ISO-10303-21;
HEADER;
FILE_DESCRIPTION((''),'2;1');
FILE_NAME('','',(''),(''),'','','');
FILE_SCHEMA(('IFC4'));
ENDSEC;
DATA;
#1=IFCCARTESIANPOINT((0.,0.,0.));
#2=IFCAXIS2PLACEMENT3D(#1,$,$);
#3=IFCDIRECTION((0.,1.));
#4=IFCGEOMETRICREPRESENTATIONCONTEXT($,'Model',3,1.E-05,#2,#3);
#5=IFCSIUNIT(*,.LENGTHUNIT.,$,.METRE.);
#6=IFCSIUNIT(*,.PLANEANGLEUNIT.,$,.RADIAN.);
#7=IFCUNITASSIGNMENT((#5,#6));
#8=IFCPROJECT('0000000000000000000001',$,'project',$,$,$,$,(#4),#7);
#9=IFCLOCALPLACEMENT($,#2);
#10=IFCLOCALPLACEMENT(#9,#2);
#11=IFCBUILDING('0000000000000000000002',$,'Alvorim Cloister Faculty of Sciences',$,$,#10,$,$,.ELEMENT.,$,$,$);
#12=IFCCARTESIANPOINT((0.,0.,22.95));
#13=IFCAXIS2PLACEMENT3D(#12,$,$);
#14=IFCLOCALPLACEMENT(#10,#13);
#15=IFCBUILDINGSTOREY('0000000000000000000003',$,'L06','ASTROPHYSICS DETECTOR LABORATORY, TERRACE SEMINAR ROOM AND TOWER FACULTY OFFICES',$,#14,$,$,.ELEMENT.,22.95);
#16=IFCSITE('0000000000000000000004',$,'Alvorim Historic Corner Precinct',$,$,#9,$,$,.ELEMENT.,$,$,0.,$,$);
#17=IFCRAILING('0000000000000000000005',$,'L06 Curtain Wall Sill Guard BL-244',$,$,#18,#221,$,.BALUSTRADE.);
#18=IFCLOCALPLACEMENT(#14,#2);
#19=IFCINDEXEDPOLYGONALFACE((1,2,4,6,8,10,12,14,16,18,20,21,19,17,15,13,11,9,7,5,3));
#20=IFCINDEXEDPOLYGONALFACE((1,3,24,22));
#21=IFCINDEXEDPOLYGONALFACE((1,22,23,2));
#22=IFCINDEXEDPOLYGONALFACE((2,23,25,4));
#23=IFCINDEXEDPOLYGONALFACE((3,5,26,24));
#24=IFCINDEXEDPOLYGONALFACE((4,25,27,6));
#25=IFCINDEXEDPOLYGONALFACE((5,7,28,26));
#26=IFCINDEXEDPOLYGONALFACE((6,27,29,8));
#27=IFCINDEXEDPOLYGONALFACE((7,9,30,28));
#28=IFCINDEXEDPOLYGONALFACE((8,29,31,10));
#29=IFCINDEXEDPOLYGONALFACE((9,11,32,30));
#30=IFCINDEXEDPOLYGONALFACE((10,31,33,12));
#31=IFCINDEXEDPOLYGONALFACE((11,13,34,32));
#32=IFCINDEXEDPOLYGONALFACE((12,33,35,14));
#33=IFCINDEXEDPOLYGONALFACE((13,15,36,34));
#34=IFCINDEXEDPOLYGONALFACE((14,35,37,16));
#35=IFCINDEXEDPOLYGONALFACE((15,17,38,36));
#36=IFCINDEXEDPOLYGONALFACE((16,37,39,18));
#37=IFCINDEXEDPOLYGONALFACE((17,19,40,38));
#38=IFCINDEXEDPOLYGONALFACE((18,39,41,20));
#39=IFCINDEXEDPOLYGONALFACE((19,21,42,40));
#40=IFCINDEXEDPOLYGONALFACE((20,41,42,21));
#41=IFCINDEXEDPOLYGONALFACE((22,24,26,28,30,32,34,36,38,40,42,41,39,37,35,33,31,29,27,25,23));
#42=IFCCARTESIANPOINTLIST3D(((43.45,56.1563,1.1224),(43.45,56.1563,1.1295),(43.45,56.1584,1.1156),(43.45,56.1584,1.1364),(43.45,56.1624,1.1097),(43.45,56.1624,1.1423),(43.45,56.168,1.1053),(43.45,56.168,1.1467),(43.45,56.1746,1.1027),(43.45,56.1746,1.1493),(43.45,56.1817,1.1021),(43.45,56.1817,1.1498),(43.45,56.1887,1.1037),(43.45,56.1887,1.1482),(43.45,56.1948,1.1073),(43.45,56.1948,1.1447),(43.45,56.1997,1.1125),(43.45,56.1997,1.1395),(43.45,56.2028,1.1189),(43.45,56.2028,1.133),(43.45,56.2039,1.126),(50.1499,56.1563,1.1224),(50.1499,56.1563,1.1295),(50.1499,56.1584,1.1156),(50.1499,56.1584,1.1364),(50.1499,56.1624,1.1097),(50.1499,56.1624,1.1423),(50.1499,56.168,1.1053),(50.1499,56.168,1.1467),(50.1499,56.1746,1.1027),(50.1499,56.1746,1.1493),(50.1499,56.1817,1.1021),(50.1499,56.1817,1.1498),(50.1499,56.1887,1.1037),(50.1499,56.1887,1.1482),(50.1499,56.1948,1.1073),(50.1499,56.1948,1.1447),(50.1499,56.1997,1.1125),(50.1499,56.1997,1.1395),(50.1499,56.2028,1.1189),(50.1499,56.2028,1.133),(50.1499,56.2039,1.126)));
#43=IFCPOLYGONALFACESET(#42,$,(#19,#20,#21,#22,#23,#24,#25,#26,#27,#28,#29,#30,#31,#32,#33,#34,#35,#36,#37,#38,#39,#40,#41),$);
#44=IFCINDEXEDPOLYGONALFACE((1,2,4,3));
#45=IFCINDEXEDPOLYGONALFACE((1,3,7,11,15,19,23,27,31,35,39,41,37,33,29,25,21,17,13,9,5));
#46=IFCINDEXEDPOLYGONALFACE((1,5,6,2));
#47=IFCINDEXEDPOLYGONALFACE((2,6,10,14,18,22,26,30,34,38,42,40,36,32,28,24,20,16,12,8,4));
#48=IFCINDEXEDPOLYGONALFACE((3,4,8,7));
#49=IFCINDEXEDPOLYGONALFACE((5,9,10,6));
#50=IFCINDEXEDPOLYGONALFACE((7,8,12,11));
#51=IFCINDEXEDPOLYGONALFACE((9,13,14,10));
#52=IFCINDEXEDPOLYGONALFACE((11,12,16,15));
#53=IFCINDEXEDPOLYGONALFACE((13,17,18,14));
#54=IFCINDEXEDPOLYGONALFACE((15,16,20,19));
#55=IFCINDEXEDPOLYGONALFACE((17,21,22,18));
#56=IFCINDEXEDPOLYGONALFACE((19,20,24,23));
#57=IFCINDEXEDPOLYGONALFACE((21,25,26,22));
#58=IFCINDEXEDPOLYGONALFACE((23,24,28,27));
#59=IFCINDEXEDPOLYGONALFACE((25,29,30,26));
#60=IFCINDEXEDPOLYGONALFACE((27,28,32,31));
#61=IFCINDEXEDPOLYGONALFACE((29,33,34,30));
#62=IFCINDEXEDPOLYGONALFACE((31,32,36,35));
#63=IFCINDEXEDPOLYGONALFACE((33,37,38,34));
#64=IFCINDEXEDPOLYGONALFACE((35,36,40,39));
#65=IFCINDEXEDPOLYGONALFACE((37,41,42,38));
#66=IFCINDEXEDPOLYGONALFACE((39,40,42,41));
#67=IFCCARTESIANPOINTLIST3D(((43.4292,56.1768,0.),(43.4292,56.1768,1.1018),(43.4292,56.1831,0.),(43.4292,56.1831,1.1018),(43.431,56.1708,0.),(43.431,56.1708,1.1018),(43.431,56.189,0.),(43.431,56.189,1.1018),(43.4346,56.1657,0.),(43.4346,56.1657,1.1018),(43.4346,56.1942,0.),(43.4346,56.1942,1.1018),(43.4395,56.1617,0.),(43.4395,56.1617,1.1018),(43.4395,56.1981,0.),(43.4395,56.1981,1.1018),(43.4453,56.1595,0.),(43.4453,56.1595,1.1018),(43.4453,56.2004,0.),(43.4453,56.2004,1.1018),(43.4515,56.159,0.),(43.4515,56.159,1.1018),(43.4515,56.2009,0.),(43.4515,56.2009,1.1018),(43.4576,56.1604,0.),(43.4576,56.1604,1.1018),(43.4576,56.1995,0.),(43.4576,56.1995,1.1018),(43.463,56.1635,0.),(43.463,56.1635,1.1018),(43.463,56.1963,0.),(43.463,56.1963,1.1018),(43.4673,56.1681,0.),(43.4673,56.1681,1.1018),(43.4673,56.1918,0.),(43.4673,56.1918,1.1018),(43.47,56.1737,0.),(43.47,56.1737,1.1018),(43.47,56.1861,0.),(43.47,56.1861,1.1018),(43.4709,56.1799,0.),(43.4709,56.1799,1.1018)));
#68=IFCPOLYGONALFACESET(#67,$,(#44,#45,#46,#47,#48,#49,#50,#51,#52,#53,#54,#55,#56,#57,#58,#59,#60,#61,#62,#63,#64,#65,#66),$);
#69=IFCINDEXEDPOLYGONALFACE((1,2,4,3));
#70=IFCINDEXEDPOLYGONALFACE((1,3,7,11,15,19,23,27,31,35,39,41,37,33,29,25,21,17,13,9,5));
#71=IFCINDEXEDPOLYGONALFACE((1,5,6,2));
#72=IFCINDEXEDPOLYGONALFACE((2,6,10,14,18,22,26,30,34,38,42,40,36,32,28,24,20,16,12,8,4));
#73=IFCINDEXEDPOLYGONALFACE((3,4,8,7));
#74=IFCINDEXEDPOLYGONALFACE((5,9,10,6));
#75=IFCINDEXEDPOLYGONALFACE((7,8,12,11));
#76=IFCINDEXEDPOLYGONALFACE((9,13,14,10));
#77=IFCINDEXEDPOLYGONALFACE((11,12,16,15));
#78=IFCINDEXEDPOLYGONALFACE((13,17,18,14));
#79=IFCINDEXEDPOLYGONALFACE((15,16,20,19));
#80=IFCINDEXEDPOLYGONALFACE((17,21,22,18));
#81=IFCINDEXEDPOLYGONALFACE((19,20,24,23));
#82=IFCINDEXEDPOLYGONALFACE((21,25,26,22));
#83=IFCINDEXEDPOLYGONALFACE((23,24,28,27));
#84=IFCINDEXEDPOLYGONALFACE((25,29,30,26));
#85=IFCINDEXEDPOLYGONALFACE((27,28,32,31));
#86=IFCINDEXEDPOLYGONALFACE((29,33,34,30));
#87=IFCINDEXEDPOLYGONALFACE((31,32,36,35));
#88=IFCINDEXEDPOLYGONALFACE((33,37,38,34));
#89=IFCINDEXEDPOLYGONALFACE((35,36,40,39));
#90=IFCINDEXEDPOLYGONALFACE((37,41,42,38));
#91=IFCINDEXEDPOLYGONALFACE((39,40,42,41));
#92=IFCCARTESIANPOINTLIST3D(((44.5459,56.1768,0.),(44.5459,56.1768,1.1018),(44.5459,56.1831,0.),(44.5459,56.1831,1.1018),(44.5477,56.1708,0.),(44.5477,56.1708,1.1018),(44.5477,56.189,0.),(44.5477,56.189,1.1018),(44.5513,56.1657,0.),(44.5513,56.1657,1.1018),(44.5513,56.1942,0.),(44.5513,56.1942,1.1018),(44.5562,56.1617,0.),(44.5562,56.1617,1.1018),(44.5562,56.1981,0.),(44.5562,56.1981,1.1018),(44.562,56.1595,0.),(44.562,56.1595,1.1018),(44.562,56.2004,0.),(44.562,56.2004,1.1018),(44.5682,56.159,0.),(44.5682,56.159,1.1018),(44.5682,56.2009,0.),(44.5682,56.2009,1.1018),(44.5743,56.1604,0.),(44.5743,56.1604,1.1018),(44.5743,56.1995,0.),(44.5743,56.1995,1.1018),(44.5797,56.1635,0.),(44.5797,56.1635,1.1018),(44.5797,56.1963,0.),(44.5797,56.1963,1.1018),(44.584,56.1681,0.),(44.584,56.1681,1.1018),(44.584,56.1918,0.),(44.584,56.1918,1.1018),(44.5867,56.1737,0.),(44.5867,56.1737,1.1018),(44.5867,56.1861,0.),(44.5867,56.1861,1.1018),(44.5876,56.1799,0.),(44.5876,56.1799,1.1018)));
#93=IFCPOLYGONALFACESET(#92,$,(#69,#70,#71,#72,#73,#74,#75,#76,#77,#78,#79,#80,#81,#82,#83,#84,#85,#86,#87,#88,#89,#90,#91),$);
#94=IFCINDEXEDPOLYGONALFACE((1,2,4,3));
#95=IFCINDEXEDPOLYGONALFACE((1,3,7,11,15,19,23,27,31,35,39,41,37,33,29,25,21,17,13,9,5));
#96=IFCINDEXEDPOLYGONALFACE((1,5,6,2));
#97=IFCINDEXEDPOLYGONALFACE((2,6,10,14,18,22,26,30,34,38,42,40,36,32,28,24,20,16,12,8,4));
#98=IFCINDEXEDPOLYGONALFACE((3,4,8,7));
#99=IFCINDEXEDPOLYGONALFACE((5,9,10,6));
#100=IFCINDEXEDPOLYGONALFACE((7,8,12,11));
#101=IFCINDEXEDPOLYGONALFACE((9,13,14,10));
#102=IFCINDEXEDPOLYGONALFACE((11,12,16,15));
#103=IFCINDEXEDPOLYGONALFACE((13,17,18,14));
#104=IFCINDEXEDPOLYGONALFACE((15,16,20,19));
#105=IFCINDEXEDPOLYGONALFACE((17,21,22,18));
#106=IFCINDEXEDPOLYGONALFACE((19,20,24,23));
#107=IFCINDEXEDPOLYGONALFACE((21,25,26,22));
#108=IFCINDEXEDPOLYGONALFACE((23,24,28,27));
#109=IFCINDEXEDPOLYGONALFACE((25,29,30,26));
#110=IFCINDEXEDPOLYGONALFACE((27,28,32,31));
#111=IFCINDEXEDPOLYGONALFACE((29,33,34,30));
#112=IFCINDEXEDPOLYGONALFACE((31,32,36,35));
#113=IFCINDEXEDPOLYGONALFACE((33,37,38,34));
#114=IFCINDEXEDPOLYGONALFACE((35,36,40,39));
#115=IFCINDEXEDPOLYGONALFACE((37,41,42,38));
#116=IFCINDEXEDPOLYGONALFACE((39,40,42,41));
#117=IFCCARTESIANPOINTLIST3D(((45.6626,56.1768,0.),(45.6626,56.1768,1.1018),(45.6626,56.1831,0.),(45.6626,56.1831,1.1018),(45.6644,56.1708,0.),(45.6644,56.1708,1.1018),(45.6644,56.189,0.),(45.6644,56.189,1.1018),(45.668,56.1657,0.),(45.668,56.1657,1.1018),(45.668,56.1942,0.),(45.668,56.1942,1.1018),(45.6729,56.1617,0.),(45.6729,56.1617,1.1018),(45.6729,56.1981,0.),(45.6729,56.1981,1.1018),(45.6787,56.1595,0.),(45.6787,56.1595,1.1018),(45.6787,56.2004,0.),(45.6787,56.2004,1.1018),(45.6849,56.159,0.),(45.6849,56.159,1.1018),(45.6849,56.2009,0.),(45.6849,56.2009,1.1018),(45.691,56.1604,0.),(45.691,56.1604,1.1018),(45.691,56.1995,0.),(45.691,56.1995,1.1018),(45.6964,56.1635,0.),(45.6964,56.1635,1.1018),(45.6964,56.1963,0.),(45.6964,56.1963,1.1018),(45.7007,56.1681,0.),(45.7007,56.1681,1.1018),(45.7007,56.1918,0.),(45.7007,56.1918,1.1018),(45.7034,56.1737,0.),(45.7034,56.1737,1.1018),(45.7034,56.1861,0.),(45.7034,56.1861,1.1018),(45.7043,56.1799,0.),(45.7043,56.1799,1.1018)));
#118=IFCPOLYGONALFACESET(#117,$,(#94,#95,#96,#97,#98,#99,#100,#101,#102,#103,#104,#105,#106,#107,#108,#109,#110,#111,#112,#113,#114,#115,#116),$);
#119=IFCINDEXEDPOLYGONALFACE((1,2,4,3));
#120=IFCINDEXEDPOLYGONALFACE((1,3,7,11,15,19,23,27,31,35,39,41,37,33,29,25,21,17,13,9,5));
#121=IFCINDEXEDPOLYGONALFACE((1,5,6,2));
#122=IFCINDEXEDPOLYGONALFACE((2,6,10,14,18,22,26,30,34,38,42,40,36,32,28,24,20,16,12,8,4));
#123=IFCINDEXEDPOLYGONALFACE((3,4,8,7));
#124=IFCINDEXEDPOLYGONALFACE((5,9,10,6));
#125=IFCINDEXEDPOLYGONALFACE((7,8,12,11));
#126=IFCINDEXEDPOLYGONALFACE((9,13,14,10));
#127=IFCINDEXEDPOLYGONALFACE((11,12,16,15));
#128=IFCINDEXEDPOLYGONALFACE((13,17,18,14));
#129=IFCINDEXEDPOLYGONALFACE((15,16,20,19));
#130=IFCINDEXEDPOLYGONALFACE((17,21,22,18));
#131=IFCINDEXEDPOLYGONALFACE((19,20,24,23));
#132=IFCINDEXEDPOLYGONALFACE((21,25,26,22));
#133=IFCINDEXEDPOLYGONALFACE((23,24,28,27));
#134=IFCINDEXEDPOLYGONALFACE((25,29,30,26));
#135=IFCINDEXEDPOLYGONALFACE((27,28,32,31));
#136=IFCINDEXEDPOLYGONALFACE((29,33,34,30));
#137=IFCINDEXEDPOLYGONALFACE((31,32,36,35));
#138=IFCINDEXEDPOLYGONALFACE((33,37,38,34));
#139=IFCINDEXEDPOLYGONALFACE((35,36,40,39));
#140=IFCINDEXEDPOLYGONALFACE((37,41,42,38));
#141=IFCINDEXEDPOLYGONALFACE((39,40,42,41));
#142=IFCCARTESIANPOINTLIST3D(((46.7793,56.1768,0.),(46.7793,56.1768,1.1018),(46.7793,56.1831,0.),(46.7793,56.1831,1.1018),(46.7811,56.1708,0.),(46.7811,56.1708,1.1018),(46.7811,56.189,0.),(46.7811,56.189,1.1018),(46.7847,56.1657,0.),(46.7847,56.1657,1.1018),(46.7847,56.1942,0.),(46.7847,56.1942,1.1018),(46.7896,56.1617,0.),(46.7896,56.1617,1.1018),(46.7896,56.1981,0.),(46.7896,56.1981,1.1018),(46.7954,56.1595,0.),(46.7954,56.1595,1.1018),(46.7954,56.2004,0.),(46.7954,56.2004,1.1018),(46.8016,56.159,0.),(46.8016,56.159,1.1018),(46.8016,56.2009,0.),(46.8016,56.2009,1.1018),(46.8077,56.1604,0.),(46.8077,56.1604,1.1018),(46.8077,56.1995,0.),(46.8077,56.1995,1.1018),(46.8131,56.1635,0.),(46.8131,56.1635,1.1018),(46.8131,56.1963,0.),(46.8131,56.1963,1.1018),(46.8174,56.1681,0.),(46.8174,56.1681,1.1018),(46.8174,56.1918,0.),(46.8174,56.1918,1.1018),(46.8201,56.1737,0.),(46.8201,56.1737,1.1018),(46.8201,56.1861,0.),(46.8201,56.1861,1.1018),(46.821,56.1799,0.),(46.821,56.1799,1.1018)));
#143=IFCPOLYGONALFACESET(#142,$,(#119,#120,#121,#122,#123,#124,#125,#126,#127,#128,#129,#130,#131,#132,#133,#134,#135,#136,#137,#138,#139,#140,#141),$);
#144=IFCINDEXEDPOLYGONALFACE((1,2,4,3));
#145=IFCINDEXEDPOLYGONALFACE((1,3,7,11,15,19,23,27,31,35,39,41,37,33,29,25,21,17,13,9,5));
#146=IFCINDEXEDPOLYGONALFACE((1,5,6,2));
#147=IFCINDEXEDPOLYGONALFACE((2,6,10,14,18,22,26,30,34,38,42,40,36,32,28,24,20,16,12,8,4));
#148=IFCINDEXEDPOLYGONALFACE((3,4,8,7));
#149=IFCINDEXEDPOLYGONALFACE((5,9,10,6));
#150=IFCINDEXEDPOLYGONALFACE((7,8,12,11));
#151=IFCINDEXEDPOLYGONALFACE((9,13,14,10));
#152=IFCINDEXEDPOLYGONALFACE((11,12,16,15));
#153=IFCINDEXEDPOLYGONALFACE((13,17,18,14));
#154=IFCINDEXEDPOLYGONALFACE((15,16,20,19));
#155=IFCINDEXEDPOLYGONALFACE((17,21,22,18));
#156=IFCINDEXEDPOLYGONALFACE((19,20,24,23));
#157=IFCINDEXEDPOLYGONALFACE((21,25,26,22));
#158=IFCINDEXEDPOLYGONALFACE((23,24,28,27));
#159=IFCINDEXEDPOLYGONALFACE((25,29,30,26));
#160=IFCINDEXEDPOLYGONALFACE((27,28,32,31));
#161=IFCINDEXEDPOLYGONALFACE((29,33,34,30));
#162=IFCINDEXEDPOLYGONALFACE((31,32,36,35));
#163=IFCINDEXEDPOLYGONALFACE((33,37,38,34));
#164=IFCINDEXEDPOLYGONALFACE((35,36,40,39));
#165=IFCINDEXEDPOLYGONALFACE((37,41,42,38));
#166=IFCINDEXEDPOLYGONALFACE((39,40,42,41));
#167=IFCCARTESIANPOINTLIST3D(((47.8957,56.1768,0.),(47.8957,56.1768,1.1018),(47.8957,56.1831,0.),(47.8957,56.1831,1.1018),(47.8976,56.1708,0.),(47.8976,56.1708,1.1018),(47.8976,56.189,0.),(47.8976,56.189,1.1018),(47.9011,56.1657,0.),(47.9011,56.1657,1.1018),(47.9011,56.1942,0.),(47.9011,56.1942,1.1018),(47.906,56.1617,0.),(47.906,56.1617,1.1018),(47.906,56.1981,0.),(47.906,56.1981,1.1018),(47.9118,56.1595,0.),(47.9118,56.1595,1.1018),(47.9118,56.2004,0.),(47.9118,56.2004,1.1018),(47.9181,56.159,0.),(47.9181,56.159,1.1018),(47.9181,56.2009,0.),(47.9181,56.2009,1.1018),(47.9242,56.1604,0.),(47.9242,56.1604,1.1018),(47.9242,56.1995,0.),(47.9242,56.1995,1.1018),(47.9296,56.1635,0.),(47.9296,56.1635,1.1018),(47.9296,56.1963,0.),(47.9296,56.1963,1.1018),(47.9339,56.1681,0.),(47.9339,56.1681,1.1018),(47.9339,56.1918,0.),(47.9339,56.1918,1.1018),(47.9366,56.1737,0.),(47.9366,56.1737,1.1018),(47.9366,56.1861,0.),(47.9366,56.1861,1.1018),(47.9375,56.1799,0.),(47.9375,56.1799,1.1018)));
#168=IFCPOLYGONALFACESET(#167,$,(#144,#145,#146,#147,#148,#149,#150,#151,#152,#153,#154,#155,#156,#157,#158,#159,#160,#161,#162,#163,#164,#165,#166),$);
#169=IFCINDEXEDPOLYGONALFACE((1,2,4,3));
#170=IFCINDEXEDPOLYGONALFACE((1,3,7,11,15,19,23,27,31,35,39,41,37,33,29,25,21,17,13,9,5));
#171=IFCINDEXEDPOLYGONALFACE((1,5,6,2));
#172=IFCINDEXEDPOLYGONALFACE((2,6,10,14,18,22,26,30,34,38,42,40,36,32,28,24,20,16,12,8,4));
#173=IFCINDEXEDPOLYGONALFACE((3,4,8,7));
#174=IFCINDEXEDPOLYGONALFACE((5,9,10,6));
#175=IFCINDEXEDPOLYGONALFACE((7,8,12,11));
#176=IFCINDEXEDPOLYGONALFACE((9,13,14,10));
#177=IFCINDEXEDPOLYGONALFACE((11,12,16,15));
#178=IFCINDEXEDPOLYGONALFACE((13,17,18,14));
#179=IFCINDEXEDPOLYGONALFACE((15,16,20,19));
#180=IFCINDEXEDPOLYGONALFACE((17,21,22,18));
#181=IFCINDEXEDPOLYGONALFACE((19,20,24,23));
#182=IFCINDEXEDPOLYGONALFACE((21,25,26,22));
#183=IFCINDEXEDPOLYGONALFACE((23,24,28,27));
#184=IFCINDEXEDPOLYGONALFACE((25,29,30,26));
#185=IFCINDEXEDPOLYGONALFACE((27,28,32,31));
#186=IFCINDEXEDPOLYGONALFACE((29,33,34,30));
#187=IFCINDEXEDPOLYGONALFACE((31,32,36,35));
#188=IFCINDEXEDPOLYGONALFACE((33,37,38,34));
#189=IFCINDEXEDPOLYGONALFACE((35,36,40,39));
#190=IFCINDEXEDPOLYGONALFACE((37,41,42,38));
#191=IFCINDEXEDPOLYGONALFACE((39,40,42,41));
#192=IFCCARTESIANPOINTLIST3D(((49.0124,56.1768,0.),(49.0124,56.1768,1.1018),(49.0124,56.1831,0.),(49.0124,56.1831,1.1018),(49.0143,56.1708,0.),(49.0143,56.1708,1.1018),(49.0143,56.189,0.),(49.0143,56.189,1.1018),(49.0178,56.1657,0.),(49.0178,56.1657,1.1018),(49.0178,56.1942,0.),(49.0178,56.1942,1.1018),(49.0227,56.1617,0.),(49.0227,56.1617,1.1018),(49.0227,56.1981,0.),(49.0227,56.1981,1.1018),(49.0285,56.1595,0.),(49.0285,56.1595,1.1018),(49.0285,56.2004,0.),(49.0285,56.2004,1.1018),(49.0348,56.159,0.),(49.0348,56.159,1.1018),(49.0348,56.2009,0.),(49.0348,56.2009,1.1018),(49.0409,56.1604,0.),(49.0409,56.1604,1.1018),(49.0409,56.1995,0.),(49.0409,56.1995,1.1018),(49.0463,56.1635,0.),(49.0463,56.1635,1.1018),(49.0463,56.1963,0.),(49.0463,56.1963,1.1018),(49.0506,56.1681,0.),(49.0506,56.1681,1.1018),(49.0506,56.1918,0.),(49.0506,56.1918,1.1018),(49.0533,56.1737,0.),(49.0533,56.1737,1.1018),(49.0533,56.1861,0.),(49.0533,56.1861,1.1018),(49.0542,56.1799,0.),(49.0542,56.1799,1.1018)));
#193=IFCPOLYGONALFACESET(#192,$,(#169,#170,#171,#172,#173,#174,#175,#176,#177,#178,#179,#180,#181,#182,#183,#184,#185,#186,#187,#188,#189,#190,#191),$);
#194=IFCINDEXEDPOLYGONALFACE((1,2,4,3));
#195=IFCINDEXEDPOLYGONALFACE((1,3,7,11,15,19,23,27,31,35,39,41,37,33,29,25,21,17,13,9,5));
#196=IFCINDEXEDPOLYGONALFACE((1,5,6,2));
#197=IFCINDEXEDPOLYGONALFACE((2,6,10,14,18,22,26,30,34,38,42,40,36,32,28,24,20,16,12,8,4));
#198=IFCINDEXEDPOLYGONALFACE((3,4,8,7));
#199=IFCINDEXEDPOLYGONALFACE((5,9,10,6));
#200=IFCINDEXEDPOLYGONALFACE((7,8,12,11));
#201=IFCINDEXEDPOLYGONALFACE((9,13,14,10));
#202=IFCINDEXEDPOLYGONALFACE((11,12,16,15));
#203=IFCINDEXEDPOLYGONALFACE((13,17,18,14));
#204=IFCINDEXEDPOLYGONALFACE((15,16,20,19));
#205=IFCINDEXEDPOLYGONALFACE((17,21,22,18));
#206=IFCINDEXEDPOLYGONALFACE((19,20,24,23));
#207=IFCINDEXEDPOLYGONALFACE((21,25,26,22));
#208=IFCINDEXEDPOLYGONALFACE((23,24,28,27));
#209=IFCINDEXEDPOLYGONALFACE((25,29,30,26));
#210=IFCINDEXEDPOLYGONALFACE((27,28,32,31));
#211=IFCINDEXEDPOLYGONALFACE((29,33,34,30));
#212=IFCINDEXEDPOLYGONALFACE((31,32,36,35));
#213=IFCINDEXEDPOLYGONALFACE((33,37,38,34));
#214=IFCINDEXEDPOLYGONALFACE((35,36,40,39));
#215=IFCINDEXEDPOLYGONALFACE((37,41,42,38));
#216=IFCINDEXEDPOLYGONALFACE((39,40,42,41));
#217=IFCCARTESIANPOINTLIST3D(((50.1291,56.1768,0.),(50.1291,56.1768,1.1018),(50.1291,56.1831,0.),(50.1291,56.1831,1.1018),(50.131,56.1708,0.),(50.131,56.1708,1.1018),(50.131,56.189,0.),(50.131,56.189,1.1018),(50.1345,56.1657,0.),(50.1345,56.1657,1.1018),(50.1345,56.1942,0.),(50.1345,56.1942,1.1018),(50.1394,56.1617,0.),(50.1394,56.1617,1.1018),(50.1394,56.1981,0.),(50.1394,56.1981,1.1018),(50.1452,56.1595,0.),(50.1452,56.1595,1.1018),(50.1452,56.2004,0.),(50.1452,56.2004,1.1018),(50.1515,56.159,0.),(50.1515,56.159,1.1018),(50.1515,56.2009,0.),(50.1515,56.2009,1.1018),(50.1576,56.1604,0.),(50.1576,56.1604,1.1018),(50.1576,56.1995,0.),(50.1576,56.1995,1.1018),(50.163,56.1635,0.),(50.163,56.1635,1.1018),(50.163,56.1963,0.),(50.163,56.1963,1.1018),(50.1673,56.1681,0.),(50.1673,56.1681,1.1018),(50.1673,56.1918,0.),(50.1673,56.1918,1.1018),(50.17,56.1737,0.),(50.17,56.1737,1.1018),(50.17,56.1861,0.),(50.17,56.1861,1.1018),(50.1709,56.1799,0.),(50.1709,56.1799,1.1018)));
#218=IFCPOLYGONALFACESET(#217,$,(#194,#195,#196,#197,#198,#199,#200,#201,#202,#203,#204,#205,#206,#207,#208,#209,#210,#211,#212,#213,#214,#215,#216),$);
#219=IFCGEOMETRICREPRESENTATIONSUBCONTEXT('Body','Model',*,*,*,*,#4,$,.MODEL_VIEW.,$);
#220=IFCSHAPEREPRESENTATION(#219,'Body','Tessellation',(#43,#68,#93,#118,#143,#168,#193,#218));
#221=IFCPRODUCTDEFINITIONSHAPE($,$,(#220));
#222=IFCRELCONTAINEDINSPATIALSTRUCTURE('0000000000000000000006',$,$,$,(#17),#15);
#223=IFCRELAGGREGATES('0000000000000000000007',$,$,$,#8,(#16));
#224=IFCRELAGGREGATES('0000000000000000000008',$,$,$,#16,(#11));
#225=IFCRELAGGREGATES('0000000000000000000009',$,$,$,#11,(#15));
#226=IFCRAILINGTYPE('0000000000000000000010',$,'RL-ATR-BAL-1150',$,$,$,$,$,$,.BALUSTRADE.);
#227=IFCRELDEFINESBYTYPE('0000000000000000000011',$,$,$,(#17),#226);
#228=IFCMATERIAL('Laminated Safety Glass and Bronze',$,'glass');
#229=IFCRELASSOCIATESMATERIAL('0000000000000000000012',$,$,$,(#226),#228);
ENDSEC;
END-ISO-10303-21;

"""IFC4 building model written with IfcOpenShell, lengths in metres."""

from ifc_helpers import new_model, si_unit, direction, frame, origin, origin_2d, place, context, subcontext, project, spatial, circle, extrude, material, type_object, element, save


model = new_model("IFC4")

# Units and contexts
model_context = context("Model", 3, precision=1e-05, world=origin(), true_north=direction((0.0, 1.0)))
body_context = subcontext(model_context, "Body", "Model", "MODEL_VIEW")
ifc_project = project(units=[si_unit("LENGTHUNIT", "METRE"), si_unit("PLANEANGLEUNIT", "RADIAN")], contexts=[model_context])

# Site, building, storey
site_placement = place(None, origin())
site = spatial("IfcSite", under=ifc_project, at=site_placement, Name="Alvorim Historic Corner Precinct", CompositionType="ELEMENT", RefElevation=0.0)
building_placement = place(site_placement, origin())
building = spatial("IfcBuilding", under=site, at=building_placement, Name="Alvorim Cloister Faculty of Sciences", CompositionType="ELEMENT")
storey_placement = place(building_placement, frame((0.0, 0.0, 22.95)))
storey = spatial("IfcBuildingStorey", under=building, at=storey_placement, Name="L06", Description="ASTROPHYSICS DETECTOR LABORATORY, TERRACE SEMINAR ROOM AND TOWER FACULTY OFFICES", CompositionType="ELEMENT", Elevation=22.95)

# Railing
ifc_material_1 = material(Name="Laminated Safety Glass and Bronze", Category="glass")
railing_type = type_object("IfcRailingType", Name="RL-ATR-BAL-1150", PredefinedType="BALUSTRADE", material=ifc_material_1)
railing_placement = place(storey_placement, frame((43.45, 56.1799, 0.0)))
element("IfcRailing", 1, at=railing_placement, inside=storey, type_object=railing_type, Name="L06 Curtain Wall Sill Guard BL-244", PredefinedType="BALUSTRADE", context=body_context, shape_type="SweptSolid", body=[
    extrude(circle(Radius=0.0239, at=origin_2d()), frame((0.0, 0.0, 1.126), z_axis=(1.0, 0.0, 0.0), x_axis=(0.0, 1.0, 0.0)), (0.0, 0.0, 1.0), 6.7),
    extrude(circle(Radius=0.021, at=origin_2d()), origin(), (0.0, 0.0, 1.0), 1.1018),
    extrude(circle(Radius=0.021, at=origin_2d()), frame((1.1167, 0.0, 0.0)), (0.0, 0.0, 1.0), 1.1018),
    extrude(circle(Radius=0.021, at=origin_2d()), frame((2.2334, 0.0, 0.0)), (0.0, 0.0, 1.0), 1.1018),
    extrude(circle(Radius=0.021, at=origin_2d()), frame((3.3501, 0.0, 0.0)), (0.0, 0.0, 1.0), 1.1018),
    extrude(circle(Radius=0.021, at=origin_2d()), frame((4.4666, 0.0, 0.0)), (0.0, 0.0, 1.0), 1.1018),
    extrude(circle(Radius=0.021, at=origin_2d()), frame((5.5833, 0.0, 0.0)), (0.0, 0.0, 1.0), 1.1018),
    extrude(circle(Radius=0.021, at=origin_2d()), frame((6.7, 0.0, 0.0)), (0.0, 0.0, 1.0), 1.1018),
])

save(model, "model.ifc")
